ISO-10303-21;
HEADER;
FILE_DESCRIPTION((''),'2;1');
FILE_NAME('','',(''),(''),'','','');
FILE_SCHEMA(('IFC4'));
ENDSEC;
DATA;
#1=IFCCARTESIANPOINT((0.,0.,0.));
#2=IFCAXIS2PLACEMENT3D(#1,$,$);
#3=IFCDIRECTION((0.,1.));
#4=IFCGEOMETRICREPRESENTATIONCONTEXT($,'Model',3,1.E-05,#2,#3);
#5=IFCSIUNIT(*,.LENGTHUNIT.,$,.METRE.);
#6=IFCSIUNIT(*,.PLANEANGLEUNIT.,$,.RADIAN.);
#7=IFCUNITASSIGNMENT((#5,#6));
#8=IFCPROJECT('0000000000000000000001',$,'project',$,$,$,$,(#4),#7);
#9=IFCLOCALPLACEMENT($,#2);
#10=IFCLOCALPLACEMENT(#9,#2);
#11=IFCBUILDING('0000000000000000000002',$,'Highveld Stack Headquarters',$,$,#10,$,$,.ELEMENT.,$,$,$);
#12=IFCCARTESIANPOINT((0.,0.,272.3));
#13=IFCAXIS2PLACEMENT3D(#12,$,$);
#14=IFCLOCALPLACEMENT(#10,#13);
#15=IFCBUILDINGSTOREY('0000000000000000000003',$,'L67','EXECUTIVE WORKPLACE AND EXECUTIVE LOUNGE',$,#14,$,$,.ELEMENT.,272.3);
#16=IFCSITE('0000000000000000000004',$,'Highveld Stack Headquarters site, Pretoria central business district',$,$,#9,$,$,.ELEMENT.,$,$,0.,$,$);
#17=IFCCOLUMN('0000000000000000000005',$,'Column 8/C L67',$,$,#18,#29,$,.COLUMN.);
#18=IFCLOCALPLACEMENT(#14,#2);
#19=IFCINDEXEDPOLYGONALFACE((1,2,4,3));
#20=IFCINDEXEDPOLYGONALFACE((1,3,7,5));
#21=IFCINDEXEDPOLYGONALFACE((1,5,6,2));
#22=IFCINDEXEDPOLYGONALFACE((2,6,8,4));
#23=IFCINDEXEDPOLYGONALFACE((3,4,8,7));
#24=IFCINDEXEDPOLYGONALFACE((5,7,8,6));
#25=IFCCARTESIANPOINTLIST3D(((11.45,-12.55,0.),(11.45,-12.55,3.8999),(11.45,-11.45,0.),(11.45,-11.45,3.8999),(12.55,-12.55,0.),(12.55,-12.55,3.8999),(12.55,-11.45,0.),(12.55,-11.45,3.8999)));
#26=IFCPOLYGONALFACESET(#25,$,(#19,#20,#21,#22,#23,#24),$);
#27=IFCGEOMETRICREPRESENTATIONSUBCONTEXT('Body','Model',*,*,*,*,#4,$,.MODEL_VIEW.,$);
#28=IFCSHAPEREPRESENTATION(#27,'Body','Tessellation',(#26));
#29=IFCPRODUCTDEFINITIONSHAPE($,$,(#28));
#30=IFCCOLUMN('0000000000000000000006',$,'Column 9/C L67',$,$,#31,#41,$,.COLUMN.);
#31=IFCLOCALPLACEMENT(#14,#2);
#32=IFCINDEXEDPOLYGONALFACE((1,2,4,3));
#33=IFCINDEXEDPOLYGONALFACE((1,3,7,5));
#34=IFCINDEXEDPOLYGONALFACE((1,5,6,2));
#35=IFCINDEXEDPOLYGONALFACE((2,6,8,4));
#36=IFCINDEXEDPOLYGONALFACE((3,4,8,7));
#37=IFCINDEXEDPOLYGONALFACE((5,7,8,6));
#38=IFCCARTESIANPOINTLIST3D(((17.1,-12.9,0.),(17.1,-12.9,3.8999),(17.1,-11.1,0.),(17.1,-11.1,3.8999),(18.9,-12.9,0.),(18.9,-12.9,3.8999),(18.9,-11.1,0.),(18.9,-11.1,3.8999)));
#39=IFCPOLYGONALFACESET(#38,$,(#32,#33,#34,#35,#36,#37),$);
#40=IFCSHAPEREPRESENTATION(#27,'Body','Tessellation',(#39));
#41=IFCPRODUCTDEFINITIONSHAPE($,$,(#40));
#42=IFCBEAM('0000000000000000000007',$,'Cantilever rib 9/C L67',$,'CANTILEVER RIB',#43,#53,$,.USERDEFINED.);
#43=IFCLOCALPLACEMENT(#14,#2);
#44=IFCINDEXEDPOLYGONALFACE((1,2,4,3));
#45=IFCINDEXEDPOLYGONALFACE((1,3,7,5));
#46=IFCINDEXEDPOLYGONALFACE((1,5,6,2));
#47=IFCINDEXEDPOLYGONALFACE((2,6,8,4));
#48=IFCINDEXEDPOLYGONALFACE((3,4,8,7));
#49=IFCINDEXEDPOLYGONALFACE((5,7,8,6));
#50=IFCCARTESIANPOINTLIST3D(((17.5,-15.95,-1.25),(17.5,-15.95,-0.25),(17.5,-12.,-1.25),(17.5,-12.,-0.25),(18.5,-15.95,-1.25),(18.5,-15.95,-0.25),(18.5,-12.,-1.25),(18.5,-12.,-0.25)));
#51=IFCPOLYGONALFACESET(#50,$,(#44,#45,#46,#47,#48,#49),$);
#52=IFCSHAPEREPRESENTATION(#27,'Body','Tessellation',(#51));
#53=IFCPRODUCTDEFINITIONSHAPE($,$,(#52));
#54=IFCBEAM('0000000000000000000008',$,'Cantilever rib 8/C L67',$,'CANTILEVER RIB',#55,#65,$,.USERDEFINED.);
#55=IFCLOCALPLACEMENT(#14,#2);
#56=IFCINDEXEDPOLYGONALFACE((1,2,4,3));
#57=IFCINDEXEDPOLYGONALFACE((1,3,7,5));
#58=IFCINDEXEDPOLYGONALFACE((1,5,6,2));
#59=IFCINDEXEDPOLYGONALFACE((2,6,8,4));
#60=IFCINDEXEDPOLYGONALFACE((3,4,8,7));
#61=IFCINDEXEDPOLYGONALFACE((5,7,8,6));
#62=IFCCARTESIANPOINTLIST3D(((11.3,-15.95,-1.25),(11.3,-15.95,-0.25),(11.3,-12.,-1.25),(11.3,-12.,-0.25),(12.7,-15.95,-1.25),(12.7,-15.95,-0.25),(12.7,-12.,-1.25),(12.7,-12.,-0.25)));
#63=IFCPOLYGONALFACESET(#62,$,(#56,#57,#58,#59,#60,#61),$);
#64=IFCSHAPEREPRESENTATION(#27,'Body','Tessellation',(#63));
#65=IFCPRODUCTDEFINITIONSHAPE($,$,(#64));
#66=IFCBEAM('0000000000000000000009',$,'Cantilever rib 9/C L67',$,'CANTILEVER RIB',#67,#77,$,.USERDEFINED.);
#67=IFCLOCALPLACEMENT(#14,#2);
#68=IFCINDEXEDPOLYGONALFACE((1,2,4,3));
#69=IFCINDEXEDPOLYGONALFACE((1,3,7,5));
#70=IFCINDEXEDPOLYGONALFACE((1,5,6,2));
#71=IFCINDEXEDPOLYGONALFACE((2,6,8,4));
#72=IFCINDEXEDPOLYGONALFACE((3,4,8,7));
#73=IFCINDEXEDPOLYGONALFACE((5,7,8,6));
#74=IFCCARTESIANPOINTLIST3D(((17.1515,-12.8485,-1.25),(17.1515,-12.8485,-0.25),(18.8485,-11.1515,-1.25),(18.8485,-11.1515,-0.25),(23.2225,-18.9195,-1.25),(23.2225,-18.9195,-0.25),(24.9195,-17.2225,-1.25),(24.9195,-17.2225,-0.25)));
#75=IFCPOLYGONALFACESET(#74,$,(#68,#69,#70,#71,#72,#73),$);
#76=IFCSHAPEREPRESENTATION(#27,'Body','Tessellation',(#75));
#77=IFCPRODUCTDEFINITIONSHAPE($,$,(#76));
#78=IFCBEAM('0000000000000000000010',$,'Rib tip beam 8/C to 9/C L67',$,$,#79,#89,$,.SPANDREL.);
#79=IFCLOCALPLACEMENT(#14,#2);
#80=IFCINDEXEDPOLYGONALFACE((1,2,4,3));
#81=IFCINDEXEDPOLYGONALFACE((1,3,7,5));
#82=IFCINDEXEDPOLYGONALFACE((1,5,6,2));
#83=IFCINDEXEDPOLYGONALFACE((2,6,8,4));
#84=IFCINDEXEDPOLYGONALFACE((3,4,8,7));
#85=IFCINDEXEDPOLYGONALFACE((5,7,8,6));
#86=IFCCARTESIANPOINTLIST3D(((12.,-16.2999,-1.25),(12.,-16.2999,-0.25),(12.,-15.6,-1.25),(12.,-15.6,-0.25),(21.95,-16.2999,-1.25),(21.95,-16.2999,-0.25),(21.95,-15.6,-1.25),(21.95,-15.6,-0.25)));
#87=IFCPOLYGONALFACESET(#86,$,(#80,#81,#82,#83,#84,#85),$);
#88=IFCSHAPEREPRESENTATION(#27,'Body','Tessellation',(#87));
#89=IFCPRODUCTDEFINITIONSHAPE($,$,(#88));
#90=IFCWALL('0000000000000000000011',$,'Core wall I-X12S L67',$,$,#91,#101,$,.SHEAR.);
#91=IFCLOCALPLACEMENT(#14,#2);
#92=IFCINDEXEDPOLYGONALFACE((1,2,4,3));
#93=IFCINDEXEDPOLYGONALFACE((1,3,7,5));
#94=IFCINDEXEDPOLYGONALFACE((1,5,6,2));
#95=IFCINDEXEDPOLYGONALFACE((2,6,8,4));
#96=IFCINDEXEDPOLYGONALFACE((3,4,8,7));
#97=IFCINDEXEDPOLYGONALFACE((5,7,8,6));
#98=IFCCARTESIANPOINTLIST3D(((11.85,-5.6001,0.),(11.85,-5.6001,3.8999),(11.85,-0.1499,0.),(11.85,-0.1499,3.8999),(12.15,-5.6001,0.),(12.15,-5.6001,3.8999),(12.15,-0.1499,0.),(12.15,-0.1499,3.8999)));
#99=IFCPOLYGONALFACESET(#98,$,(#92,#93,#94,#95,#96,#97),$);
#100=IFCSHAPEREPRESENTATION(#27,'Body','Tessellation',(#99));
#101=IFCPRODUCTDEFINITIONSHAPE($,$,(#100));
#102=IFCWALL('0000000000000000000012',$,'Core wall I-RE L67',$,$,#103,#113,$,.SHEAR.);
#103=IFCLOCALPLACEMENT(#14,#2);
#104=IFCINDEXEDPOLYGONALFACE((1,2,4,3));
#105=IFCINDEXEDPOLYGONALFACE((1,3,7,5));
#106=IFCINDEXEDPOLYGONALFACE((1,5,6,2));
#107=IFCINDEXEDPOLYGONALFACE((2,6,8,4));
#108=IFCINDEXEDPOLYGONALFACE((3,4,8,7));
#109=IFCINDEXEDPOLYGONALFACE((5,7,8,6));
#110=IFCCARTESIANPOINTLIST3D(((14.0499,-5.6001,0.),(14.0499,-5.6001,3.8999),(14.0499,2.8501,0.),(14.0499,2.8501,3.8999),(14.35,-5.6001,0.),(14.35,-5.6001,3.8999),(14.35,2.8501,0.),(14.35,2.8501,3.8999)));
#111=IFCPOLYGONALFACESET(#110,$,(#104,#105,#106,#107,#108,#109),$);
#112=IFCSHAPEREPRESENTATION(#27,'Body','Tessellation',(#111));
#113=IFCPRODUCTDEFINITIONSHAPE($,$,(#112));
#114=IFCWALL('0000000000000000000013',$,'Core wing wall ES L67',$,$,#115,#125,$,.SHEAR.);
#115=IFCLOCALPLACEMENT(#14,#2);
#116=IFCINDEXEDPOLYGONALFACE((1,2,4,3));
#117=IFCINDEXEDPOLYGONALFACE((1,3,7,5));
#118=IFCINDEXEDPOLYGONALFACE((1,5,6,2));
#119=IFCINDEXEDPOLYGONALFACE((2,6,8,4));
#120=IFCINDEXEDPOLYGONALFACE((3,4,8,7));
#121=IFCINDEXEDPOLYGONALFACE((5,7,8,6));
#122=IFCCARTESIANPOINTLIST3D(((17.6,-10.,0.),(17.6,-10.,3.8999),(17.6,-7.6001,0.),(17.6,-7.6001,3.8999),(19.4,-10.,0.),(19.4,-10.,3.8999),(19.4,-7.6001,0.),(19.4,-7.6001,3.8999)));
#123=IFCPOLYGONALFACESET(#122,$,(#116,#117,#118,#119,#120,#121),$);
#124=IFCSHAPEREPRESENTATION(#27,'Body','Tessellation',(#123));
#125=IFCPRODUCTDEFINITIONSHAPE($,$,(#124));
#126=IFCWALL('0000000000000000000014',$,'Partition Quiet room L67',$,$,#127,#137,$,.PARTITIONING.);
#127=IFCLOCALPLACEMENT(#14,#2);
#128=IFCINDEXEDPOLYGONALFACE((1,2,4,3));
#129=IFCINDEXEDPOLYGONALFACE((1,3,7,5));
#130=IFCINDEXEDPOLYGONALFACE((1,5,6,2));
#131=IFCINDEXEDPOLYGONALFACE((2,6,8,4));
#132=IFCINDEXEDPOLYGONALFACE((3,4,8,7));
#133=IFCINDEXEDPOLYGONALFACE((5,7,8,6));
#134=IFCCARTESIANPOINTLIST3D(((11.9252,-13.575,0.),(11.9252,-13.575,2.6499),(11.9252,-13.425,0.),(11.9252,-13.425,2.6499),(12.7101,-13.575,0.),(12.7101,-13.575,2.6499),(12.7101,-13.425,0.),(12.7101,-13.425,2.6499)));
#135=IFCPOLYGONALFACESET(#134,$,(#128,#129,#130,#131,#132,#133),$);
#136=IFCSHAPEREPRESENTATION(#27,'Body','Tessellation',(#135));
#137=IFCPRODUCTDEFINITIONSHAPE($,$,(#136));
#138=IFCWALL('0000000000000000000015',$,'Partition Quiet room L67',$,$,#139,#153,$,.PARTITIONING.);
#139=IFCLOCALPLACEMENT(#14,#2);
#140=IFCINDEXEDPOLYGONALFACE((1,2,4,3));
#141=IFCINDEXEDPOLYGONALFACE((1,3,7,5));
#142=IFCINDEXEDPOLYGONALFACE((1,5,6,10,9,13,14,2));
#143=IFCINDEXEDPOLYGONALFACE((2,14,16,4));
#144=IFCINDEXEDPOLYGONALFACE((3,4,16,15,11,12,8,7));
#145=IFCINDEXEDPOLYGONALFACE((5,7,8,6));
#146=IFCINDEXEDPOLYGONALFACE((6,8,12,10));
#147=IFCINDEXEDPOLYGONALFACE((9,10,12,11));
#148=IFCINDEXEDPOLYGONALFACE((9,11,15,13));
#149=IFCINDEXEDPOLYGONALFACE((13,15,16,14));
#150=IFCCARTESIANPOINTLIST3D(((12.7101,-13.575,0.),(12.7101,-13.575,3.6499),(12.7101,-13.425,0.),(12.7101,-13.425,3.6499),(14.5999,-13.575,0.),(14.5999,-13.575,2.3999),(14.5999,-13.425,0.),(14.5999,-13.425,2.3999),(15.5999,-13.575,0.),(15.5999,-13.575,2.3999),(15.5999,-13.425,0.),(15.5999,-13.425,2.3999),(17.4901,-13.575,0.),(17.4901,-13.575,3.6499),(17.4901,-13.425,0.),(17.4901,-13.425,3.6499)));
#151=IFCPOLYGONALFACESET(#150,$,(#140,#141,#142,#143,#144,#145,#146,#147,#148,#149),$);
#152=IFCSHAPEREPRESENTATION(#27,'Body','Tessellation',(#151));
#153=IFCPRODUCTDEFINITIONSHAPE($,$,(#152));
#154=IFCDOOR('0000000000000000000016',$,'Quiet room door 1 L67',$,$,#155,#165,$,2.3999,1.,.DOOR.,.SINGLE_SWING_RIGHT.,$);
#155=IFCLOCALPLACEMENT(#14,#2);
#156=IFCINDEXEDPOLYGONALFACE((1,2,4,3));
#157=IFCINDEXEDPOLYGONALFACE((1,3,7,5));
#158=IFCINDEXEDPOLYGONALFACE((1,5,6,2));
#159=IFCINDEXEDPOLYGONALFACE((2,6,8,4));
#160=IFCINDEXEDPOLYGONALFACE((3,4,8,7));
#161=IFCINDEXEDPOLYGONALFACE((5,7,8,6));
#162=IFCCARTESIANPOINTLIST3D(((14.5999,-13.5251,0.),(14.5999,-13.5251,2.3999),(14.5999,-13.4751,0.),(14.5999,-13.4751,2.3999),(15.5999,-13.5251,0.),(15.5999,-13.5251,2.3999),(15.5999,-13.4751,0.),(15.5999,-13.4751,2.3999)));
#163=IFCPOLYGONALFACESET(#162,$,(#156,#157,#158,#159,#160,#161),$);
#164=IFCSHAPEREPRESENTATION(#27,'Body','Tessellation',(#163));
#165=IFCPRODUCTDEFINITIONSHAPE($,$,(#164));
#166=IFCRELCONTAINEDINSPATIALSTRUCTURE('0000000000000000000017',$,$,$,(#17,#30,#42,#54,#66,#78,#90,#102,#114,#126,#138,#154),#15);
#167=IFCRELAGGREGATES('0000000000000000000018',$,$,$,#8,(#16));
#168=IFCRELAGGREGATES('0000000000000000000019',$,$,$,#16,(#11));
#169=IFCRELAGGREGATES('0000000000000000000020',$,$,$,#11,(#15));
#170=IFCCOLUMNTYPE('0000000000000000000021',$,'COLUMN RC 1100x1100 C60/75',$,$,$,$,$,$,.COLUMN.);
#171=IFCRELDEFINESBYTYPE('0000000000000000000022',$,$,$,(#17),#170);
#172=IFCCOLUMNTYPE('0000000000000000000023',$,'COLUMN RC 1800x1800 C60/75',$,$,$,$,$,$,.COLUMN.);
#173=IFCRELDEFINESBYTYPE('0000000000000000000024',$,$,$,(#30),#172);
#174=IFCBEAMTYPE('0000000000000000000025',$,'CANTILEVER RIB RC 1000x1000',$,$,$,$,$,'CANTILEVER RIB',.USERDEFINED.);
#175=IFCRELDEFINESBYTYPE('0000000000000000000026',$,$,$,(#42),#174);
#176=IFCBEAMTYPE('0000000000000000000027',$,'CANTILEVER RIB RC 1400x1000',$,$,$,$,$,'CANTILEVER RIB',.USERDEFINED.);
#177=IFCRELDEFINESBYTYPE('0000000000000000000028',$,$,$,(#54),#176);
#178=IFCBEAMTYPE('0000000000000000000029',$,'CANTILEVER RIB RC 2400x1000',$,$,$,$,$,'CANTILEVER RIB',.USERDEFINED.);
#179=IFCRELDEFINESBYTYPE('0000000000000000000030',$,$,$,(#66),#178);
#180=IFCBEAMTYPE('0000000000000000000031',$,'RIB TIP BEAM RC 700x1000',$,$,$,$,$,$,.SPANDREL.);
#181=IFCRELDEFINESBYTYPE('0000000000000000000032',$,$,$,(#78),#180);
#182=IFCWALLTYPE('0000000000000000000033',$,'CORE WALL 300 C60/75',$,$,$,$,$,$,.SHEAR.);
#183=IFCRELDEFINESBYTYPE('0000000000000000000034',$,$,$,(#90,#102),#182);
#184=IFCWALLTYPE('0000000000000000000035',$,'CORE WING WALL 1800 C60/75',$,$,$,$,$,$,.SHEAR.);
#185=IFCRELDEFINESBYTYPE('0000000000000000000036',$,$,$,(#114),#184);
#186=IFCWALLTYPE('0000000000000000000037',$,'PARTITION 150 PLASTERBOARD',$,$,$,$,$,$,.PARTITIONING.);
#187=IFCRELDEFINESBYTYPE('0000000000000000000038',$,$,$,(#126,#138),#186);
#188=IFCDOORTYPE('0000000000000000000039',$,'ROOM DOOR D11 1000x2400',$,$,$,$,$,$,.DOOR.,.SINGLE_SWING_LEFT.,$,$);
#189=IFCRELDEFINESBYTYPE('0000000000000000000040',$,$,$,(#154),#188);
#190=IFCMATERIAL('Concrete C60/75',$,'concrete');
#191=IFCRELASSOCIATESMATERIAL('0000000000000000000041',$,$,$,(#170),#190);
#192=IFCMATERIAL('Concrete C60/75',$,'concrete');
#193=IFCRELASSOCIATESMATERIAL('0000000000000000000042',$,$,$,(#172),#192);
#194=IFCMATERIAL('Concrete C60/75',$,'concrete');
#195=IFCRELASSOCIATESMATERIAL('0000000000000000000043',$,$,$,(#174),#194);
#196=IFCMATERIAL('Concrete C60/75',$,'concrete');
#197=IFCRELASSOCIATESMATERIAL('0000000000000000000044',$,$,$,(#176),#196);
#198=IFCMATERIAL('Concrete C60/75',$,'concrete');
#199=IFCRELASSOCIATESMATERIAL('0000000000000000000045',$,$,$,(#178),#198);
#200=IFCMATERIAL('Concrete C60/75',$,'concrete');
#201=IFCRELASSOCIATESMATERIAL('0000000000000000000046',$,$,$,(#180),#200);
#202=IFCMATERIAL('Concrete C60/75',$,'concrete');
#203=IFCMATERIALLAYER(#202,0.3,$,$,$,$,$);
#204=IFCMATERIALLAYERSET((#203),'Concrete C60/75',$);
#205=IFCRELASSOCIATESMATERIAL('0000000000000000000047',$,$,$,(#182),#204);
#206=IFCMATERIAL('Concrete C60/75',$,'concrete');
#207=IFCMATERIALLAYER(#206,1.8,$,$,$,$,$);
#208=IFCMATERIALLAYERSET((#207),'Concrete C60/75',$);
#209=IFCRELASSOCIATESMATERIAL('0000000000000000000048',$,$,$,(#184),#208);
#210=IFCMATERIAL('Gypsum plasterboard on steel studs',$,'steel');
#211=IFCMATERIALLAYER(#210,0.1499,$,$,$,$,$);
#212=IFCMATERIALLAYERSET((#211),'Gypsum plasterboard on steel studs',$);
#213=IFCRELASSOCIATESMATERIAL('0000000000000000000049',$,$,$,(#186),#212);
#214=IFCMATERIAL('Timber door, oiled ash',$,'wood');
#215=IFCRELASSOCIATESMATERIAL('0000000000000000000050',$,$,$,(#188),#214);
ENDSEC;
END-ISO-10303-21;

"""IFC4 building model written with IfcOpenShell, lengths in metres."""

from ifc_helpers import new_model, si_unit, direction, frame, frame_2d, origin, origin_2d, place, context, subcontext, project, spatial, rectangle, extrude, material, layer, layer_set, material_profile, profile_set, type_object, element, fill, save


model = new_model("IFC4")

# Units and contexts
model_context = context("Model", 3, precision=1e-05, world=origin(), true_north=direction((0.0, 1.0)))
body_context = subcontext(model_context, "Body", "Model", "MODEL_VIEW")
ifc_project = project(units=[si_unit("LENGTHUNIT", "METRE"), si_unit("PLANEANGLEUNIT", "RADIAN")], contexts=[model_context])

# Site, building, storey
site_placement = place(None, origin())
site = spatial("IfcSite", under=ifc_project, at=site_placement, Name="Highveld Stack Headquarters site, Pretoria central business district", CompositionType="ELEMENT", RefElevation=0.0)
building_placement = place(site_placement, origin())
building = spatial("IfcBuilding", under=site, at=building_placement, Name="Highveld Stack Headquarters", CompositionType="ELEMENT")
storey_placement = place(building_placement, frame((0.0, 0.0, 272.3)))
storey = spatial("IfcBuildingStorey", under=building, at=storey_placement, Name="L67", Description="EXECUTIVE WORKPLACE AND EXECUTIVE LOUNGE", CompositionType="ELEMENT", Elevation=272.3)

# Columns
ifc_material_1 = material(Name="Concrete C60/75", Category="concrete")
ifc_material_profile_1 = material_profile(ifc_material_1, rectangle(XDim=1.1001, YDim=1.1001, at=origin_2d()), Name="RC 1100x1100")
ifc_profile_set_1 = profile_set([ifc_material_profile_1], Name="Concrete C60/75")
column_type_1 = type_object("IfcColumnType", Name="COLUMN RC 1100x1100 C60/75", PredefinedType="COLUMN", material=ifc_profile_set_1)
column_1_placement = place(storey_placement, frame((12.0, -12.0, 0.0), z_axis=(0.0, 0.0, 1.0), x_axis=(1.0, 0.0, 0.0)))
element("IfcColumn", 1, at=column_1_placement, inside=storey, type_object=column_type_1, Name="Column 8/C L67", PredefinedType="COLUMN", context=body_context, shape_type="SweptSolid", body=[
    extrude(rectangle(XDim=1.1001, YDim=1.1001, at=origin_2d()), origin(), (0.0, 0.0, 1.0), 3.8999),
])
ifc_material_2 = material(Name="Concrete C60/75", Category="concrete")
ifc_material_profile_2 = material_profile(ifc_material_2, rectangle(XDim=1.8, YDim=1.8, at=origin_2d()), Name="RC 1800x1800")
ifc_profile_set_2 = profile_set([ifc_material_profile_2], Name="Concrete C60/75")
column_type_2 = type_object("IfcColumnType", Name="COLUMN RC 1800x1800 C60/75", PredefinedType="COLUMN", material=ifc_profile_set_2)
column_2_placement = place(storey_placement, frame((18.0, -12.0, 0.0), z_axis=(0.0, 0.0, 1.0), x_axis=(1.0, 0.0, 0.0)))
element("IfcColumn", 2, at=column_2_placement, inside=storey, type_object=column_type_2, Name="Column 9/C L67", PredefinedType="COLUMN", context=body_context, shape_type="SweptSolid", body=[
    extrude(rectangle(XDim=1.8, YDim=1.8, at=origin_2d()), origin(), (0.0, 0.0, 1.0), 3.8999),
])

# Beams
ifc_material_3 = material(Name="Concrete C60/75", Category="concrete")
ifc_material_profile_3 = material_profile(ifc_material_3, rectangle(XDim=1.0, YDim=1.0, at=origin_2d()), Name="RC 1000x1000")
ifc_profile_set_3 = profile_set([ifc_material_profile_3], Name="Concrete C60/75")
beam_type_1 = type_object("IfcBeamType", Name="CANTILEVER RIB RC 1000x1000", ElementType="CANTILEVER RIB", PredefinedType="USERDEFINED", material=ifc_profile_set_3)
beam_1_placement = place(storey_placement, frame((18.0, -12.0, -0.75), z_axis=(0.0, -1.0, 0.0), x_axis=(1.0, 0.0, 0.0)))
element("IfcBeam", 3, at=beam_1_placement, inside=storey, type_object=beam_type_1, Name="Cantilever rib 9/C L67", ObjectType="CANTILEVER RIB", PredefinedType="USERDEFINED", context=body_context, shape_type="SweptSolid", body=[
    extrude(rectangle(XDim=1.0, YDim=1.0, at=origin_2d()), origin(), (0.0, 0.0, 1.0), 3.95),
])
ifc_material_4 = material(Name="Concrete C60/75", Category="concrete")
ifc_material_profile_4 = material_profile(ifc_material_4, rectangle(XDim=1.3999, YDim=1.0, at=origin_2d()), Name="RC 1400x1000")
ifc_profile_set_4 = profile_set([ifc_material_profile_4], Name="Concrete C60/75")
beam_type_2 = type_object("IfcBeamType", Name="CANTILEVER RIB RC 1400x1000", ElementType="CANTILEVER RIB", PredefinedType="USERDEFINED", material=ifc_profile_set_4)
beam_2_placement = place(storey_placement, frame((12.0, -12.0, -0.75), z_axis=(0.0, -1.0, 0.0), x_axis=(1.0, 0.0, 0.0)))
element("IfcBeam", 4, at=beam_2_placement, inside=storey, type_object=beam_type_2, Name="Cantilever rib 8/C L67", ObjectType="CANTILEVER RIB", PredefinedType="USERDEFINED", context=body_context, shape_type="SweptSolid", body=[
    extrude(rectangle(XDim=1.3999, YDim=1.0, at=origin_2d()), origin(), (0.0, 0.0, 1.0), 3.95),
])
ifc_material_5 = material(Name="Concrete C60/75", Category="concrete")
ifc_material_profile_5 = material_profile(ifc_material_5, rectangle(XDim=2.3999, YDim=1.0, at=origin_2d()), Name="RC 2400x1000")
ifc_profile_set_5 = profile_set([ifc_material_profile_5], Name="Concrete C60/75")
beam_type_3 = type_object("IfcBeamType", Name="CANTILEVER RIB RC 2400x1000", ElementType="CANTILEVER RIB", PredefinedType="USERDEFINED", material=ifc_profile_set_5)
beam_3_placement = place(storey_placement, frame((18.0, -12.0, -0.75), z_axis=(0.707107, -0.707107, 0.0), x_axis=(0.707107, 0.707107, 0.0)))
element("IfcBeam", 5, at=beam_3_placement, inside=storey, type_object=beam_type_3, Name="Cantilever rib 9/C L67", ObjectType="CANTILEVER RIB", PredefinedType="USERDEFINED", context=body_context, shape_type="SweptSolid", body=[
    extrude(rectangle(XDim=2.3999, YDim=1.0, at=origin_2d()), origin(), (0.0, 0.0, 1.0), 8.5857),
])
ifc_material_6 = material(Name="Concrete C60/75", Category="concrete")
ifc_material_profile_6 = material_profile(ifc_material_6, rectangle(XDim=0.7, YDim=1.0, at=origin_2d()), Name="RC 700x1000")
ifc_profile_set_6 = profile_set([ifc_material_profile_6], Name="Concrete C60/75")
beam_type_4 = type_object("IfcBeamType", Name="RIB TIP BEAM RC 700x1000", PredefinedType="SPANDREL", material=ifc_profile_set_6)
beam_4_placement = place(storey_placement, frame((12.0, -15.95, -0.75), z_axis=(1.0, 0.0, 0.0), x_axis=(0.0, 1.0, 0.0)))
element("IfcBeam", 6, at=beam_4_placement, inside=storey, type_object=beam_type_4, Name="Rib tip beam 8/C to 9/C L67", PredefinedType="SPANDREL", context=body_context, shape_type="SweptSolid", body=[
    extrude(rectangle(XDim=0.7, YDim=1.0, at=origin_2d()), origin(), (0.0, 0.0, 1.0), 9.95),
])

# Walls
ifc_material_7 = material(Name="Concrete C60/75", Category="concrete")
ifc_layer_1 = layer(ifc_material_7, 0.3)
ifc_layer_set_1 = layer_set([ifc_layer_1], Name="Concrete C60/75")
wall_type_1 = type_object("IfcWallType", Name="CORE WALL 300 C60/75", PredefinedType="SHEAR", material=ifc_layer_set_1)
wall_1_placement = place(storey_placement, frame((12.0, -5.6001, 0.0), z_axis=(0.0, 0.0, 1.0), x_axis=(0.0, 1.0, 0.0)))
element("IfcWall", 7, at=wall_1_placement, inside=storey, type_object=wall_type_1, Name="Core wall I-X12S L67", PredefinedType="SHEAR", context=body_context, shape_type="SweptSolid", body=[
    extrude(rectangle(XDim=5.4502, YDim=0.3, at=frame_2d((2.7251, 0.0))), origin(), (0.0, 0.0, 1.0), 3.8999),
])
wall_2_placement = place(storey_placement, frame((14.2, -5.6001, 0.0), z_axis=(0.0, 0.0, 1.0), x_axis=(0.0, 1.0, 0.0)))
element("IfcWall", 8, at=wall_2_placement, inside=storey, type_object=wall_type_1, Name="Core wall I-RE L67", PredefinedType="SHEAR", context=body_context, shape_type="SweptSolid", body=[
    extrude(rectangle(XDim=8.4502, YDim=0.3, at=frame_2d((4.2251, 0.0))), origin(), (0.0, 0.0, 1.0), 3.8999),
])
ifc_material_8 = material(Name="Concrete C60/75", Category="concrete")
ifc_layer_2 = layer(ifc_material_8, 1.8)
ifc_layer_set_2 = layer_set([ifc_layer_2], Name="Concrete C60/75")
wall_type_2 = type_object("IfcWallType", Name="CORE WING WALL 1800 C60/75", PredefinedType="SHEAR", material=ifc_layer_set_2)
wall_3_placement = place(storey_placement, frame((18.5, -10.0, 0.0), z_axis=(0.0, 0.0, 1.0), x_axis=(0.0, 1.0, 0.0)))
element("IfcWall", 9, at=wall_3_placement, inside=storey, type_object=wall_type_2, Name="Core wing wall ES L67", PredefinedType="SHEAR", context=body_context, shape_type="SweptSolid", body=[
    extrude(rectangle(XDim=2.3999, YDim=1.8, at=frame_2d((1.2, 0.0))), origin(), (0.0, 0.0, 1.0), 3.8999),
])
ifc_material_9 = material(Name="Gypsum plasterboard on steel studs", Category="steel")
ifc_layer_3 = layer(ifc_material_9, 0.1499)
ifc_layer_set_3 = layer_set([ifc_layer_3], Name="Gypsum plasterboard on steel studs")
wall_type_3 = type_object("IfcWallType", Name="PARTITION 150 PLASTERBOARD", PredefinedType="PARTITIONING", material=ifc_layer_set_3)
wall_4_placement = place(storey_placement, frame((11.925, -13.5, 0.0), z_axis=(0.0, 0.0, 1.0), x_axis=(1.0, 0.0, 0.0)))
element("IfcWall", 10, at=wall_4_placement, inside=storey, type_object=wall_type_3, Name="Partition Quiet room L67", PredefinedType="PARTITIONING", context=body_context, shape_type="SweptSolid", body=[
    extrude(rectangle(XDim=0.7849, YDim=0.1499, at=frame_2d((0.3926, 0.0))), origin(), (0.0, 0.0, 1.0), 2.6499),
])

# Wall, opening, door
wall_5_placement = place(storey_placement, frame((12.71, -13.5, 0.0), z_axis=(0.0, 0.0, 1.0), x_axis=(1.0, 0.0, 0.0)))
wall_5 = element("IfcWall", 11, at=wall_5_placement, inside=storey, type_object=wall_type_3, Name="Partition Quiet room L67", PredefinedType="PARTITIONING", context=body_context, shape_type="SweptSolid", body=[
    extrude(rectangle(XDim=4.78, YDim=0.1499, at=frame_2d((2.3901, 0.0))), origin(), (0.0, 0.0, 1.0), 3.6499),
])
opening_1_placement = place(wall_5_placement, frame((1.8899, 0.0, 0.0)))
opening_1 = element("IfcOpeningElement", 12, at=opening_1_placement, cuts=wall_5, PredefinedType="OPENING", context=body_context, shape_type="SweptSolid", body=[
    extrude(rectangle(XDim=1.0, YDim=2.3999, at=frame_2d((0.5, 1.2))), frame((0.0, 0.085, 0.0), z_axis=(0.0, -1.0, 0.0), x_axis=(1.0, 0.0, 0.0)), (0.0, 0.0, 1.0), 0.1699),
])
ifc_material_10 = material(Name="Timber door, oiled ash", Category="wood")
door_type_1 = type_object("IfcDoorType", Name="ROOM DOOR D11 1000x2400", OperationType="SINGLE_SWING_LEFT", PredefinedType="DOOR", material=ifc_material_10)
door_1_placement = place(opening_1_placement, origin())
door_1 = element("IfcDoor", 13, at=door_1_placement, inside=storey, type_object=door_type_1, Name="Quiet room door 1 L67", OperationType="SINGLE_SWING_RIGHT", OverallHeight=2.3999, OverallWidth=1.0, PredefinedType="DOOR", context=body_context, shape_type="SweptSolid", body=[
    extrude(rectangle(XDim=1.0, YDim=2.3999, at=frame_2d((0.5, 1.2))), frame((0.0, 0.0249, 0.0), z_axis=(0.0, -1.0, 0.0), x_axis=(1.0, 0.0, 0.0)), (0.0, 0.0, 1.0), 0.05),
])
fill(opening_1, door_1)

save(model, "model.ifc")
